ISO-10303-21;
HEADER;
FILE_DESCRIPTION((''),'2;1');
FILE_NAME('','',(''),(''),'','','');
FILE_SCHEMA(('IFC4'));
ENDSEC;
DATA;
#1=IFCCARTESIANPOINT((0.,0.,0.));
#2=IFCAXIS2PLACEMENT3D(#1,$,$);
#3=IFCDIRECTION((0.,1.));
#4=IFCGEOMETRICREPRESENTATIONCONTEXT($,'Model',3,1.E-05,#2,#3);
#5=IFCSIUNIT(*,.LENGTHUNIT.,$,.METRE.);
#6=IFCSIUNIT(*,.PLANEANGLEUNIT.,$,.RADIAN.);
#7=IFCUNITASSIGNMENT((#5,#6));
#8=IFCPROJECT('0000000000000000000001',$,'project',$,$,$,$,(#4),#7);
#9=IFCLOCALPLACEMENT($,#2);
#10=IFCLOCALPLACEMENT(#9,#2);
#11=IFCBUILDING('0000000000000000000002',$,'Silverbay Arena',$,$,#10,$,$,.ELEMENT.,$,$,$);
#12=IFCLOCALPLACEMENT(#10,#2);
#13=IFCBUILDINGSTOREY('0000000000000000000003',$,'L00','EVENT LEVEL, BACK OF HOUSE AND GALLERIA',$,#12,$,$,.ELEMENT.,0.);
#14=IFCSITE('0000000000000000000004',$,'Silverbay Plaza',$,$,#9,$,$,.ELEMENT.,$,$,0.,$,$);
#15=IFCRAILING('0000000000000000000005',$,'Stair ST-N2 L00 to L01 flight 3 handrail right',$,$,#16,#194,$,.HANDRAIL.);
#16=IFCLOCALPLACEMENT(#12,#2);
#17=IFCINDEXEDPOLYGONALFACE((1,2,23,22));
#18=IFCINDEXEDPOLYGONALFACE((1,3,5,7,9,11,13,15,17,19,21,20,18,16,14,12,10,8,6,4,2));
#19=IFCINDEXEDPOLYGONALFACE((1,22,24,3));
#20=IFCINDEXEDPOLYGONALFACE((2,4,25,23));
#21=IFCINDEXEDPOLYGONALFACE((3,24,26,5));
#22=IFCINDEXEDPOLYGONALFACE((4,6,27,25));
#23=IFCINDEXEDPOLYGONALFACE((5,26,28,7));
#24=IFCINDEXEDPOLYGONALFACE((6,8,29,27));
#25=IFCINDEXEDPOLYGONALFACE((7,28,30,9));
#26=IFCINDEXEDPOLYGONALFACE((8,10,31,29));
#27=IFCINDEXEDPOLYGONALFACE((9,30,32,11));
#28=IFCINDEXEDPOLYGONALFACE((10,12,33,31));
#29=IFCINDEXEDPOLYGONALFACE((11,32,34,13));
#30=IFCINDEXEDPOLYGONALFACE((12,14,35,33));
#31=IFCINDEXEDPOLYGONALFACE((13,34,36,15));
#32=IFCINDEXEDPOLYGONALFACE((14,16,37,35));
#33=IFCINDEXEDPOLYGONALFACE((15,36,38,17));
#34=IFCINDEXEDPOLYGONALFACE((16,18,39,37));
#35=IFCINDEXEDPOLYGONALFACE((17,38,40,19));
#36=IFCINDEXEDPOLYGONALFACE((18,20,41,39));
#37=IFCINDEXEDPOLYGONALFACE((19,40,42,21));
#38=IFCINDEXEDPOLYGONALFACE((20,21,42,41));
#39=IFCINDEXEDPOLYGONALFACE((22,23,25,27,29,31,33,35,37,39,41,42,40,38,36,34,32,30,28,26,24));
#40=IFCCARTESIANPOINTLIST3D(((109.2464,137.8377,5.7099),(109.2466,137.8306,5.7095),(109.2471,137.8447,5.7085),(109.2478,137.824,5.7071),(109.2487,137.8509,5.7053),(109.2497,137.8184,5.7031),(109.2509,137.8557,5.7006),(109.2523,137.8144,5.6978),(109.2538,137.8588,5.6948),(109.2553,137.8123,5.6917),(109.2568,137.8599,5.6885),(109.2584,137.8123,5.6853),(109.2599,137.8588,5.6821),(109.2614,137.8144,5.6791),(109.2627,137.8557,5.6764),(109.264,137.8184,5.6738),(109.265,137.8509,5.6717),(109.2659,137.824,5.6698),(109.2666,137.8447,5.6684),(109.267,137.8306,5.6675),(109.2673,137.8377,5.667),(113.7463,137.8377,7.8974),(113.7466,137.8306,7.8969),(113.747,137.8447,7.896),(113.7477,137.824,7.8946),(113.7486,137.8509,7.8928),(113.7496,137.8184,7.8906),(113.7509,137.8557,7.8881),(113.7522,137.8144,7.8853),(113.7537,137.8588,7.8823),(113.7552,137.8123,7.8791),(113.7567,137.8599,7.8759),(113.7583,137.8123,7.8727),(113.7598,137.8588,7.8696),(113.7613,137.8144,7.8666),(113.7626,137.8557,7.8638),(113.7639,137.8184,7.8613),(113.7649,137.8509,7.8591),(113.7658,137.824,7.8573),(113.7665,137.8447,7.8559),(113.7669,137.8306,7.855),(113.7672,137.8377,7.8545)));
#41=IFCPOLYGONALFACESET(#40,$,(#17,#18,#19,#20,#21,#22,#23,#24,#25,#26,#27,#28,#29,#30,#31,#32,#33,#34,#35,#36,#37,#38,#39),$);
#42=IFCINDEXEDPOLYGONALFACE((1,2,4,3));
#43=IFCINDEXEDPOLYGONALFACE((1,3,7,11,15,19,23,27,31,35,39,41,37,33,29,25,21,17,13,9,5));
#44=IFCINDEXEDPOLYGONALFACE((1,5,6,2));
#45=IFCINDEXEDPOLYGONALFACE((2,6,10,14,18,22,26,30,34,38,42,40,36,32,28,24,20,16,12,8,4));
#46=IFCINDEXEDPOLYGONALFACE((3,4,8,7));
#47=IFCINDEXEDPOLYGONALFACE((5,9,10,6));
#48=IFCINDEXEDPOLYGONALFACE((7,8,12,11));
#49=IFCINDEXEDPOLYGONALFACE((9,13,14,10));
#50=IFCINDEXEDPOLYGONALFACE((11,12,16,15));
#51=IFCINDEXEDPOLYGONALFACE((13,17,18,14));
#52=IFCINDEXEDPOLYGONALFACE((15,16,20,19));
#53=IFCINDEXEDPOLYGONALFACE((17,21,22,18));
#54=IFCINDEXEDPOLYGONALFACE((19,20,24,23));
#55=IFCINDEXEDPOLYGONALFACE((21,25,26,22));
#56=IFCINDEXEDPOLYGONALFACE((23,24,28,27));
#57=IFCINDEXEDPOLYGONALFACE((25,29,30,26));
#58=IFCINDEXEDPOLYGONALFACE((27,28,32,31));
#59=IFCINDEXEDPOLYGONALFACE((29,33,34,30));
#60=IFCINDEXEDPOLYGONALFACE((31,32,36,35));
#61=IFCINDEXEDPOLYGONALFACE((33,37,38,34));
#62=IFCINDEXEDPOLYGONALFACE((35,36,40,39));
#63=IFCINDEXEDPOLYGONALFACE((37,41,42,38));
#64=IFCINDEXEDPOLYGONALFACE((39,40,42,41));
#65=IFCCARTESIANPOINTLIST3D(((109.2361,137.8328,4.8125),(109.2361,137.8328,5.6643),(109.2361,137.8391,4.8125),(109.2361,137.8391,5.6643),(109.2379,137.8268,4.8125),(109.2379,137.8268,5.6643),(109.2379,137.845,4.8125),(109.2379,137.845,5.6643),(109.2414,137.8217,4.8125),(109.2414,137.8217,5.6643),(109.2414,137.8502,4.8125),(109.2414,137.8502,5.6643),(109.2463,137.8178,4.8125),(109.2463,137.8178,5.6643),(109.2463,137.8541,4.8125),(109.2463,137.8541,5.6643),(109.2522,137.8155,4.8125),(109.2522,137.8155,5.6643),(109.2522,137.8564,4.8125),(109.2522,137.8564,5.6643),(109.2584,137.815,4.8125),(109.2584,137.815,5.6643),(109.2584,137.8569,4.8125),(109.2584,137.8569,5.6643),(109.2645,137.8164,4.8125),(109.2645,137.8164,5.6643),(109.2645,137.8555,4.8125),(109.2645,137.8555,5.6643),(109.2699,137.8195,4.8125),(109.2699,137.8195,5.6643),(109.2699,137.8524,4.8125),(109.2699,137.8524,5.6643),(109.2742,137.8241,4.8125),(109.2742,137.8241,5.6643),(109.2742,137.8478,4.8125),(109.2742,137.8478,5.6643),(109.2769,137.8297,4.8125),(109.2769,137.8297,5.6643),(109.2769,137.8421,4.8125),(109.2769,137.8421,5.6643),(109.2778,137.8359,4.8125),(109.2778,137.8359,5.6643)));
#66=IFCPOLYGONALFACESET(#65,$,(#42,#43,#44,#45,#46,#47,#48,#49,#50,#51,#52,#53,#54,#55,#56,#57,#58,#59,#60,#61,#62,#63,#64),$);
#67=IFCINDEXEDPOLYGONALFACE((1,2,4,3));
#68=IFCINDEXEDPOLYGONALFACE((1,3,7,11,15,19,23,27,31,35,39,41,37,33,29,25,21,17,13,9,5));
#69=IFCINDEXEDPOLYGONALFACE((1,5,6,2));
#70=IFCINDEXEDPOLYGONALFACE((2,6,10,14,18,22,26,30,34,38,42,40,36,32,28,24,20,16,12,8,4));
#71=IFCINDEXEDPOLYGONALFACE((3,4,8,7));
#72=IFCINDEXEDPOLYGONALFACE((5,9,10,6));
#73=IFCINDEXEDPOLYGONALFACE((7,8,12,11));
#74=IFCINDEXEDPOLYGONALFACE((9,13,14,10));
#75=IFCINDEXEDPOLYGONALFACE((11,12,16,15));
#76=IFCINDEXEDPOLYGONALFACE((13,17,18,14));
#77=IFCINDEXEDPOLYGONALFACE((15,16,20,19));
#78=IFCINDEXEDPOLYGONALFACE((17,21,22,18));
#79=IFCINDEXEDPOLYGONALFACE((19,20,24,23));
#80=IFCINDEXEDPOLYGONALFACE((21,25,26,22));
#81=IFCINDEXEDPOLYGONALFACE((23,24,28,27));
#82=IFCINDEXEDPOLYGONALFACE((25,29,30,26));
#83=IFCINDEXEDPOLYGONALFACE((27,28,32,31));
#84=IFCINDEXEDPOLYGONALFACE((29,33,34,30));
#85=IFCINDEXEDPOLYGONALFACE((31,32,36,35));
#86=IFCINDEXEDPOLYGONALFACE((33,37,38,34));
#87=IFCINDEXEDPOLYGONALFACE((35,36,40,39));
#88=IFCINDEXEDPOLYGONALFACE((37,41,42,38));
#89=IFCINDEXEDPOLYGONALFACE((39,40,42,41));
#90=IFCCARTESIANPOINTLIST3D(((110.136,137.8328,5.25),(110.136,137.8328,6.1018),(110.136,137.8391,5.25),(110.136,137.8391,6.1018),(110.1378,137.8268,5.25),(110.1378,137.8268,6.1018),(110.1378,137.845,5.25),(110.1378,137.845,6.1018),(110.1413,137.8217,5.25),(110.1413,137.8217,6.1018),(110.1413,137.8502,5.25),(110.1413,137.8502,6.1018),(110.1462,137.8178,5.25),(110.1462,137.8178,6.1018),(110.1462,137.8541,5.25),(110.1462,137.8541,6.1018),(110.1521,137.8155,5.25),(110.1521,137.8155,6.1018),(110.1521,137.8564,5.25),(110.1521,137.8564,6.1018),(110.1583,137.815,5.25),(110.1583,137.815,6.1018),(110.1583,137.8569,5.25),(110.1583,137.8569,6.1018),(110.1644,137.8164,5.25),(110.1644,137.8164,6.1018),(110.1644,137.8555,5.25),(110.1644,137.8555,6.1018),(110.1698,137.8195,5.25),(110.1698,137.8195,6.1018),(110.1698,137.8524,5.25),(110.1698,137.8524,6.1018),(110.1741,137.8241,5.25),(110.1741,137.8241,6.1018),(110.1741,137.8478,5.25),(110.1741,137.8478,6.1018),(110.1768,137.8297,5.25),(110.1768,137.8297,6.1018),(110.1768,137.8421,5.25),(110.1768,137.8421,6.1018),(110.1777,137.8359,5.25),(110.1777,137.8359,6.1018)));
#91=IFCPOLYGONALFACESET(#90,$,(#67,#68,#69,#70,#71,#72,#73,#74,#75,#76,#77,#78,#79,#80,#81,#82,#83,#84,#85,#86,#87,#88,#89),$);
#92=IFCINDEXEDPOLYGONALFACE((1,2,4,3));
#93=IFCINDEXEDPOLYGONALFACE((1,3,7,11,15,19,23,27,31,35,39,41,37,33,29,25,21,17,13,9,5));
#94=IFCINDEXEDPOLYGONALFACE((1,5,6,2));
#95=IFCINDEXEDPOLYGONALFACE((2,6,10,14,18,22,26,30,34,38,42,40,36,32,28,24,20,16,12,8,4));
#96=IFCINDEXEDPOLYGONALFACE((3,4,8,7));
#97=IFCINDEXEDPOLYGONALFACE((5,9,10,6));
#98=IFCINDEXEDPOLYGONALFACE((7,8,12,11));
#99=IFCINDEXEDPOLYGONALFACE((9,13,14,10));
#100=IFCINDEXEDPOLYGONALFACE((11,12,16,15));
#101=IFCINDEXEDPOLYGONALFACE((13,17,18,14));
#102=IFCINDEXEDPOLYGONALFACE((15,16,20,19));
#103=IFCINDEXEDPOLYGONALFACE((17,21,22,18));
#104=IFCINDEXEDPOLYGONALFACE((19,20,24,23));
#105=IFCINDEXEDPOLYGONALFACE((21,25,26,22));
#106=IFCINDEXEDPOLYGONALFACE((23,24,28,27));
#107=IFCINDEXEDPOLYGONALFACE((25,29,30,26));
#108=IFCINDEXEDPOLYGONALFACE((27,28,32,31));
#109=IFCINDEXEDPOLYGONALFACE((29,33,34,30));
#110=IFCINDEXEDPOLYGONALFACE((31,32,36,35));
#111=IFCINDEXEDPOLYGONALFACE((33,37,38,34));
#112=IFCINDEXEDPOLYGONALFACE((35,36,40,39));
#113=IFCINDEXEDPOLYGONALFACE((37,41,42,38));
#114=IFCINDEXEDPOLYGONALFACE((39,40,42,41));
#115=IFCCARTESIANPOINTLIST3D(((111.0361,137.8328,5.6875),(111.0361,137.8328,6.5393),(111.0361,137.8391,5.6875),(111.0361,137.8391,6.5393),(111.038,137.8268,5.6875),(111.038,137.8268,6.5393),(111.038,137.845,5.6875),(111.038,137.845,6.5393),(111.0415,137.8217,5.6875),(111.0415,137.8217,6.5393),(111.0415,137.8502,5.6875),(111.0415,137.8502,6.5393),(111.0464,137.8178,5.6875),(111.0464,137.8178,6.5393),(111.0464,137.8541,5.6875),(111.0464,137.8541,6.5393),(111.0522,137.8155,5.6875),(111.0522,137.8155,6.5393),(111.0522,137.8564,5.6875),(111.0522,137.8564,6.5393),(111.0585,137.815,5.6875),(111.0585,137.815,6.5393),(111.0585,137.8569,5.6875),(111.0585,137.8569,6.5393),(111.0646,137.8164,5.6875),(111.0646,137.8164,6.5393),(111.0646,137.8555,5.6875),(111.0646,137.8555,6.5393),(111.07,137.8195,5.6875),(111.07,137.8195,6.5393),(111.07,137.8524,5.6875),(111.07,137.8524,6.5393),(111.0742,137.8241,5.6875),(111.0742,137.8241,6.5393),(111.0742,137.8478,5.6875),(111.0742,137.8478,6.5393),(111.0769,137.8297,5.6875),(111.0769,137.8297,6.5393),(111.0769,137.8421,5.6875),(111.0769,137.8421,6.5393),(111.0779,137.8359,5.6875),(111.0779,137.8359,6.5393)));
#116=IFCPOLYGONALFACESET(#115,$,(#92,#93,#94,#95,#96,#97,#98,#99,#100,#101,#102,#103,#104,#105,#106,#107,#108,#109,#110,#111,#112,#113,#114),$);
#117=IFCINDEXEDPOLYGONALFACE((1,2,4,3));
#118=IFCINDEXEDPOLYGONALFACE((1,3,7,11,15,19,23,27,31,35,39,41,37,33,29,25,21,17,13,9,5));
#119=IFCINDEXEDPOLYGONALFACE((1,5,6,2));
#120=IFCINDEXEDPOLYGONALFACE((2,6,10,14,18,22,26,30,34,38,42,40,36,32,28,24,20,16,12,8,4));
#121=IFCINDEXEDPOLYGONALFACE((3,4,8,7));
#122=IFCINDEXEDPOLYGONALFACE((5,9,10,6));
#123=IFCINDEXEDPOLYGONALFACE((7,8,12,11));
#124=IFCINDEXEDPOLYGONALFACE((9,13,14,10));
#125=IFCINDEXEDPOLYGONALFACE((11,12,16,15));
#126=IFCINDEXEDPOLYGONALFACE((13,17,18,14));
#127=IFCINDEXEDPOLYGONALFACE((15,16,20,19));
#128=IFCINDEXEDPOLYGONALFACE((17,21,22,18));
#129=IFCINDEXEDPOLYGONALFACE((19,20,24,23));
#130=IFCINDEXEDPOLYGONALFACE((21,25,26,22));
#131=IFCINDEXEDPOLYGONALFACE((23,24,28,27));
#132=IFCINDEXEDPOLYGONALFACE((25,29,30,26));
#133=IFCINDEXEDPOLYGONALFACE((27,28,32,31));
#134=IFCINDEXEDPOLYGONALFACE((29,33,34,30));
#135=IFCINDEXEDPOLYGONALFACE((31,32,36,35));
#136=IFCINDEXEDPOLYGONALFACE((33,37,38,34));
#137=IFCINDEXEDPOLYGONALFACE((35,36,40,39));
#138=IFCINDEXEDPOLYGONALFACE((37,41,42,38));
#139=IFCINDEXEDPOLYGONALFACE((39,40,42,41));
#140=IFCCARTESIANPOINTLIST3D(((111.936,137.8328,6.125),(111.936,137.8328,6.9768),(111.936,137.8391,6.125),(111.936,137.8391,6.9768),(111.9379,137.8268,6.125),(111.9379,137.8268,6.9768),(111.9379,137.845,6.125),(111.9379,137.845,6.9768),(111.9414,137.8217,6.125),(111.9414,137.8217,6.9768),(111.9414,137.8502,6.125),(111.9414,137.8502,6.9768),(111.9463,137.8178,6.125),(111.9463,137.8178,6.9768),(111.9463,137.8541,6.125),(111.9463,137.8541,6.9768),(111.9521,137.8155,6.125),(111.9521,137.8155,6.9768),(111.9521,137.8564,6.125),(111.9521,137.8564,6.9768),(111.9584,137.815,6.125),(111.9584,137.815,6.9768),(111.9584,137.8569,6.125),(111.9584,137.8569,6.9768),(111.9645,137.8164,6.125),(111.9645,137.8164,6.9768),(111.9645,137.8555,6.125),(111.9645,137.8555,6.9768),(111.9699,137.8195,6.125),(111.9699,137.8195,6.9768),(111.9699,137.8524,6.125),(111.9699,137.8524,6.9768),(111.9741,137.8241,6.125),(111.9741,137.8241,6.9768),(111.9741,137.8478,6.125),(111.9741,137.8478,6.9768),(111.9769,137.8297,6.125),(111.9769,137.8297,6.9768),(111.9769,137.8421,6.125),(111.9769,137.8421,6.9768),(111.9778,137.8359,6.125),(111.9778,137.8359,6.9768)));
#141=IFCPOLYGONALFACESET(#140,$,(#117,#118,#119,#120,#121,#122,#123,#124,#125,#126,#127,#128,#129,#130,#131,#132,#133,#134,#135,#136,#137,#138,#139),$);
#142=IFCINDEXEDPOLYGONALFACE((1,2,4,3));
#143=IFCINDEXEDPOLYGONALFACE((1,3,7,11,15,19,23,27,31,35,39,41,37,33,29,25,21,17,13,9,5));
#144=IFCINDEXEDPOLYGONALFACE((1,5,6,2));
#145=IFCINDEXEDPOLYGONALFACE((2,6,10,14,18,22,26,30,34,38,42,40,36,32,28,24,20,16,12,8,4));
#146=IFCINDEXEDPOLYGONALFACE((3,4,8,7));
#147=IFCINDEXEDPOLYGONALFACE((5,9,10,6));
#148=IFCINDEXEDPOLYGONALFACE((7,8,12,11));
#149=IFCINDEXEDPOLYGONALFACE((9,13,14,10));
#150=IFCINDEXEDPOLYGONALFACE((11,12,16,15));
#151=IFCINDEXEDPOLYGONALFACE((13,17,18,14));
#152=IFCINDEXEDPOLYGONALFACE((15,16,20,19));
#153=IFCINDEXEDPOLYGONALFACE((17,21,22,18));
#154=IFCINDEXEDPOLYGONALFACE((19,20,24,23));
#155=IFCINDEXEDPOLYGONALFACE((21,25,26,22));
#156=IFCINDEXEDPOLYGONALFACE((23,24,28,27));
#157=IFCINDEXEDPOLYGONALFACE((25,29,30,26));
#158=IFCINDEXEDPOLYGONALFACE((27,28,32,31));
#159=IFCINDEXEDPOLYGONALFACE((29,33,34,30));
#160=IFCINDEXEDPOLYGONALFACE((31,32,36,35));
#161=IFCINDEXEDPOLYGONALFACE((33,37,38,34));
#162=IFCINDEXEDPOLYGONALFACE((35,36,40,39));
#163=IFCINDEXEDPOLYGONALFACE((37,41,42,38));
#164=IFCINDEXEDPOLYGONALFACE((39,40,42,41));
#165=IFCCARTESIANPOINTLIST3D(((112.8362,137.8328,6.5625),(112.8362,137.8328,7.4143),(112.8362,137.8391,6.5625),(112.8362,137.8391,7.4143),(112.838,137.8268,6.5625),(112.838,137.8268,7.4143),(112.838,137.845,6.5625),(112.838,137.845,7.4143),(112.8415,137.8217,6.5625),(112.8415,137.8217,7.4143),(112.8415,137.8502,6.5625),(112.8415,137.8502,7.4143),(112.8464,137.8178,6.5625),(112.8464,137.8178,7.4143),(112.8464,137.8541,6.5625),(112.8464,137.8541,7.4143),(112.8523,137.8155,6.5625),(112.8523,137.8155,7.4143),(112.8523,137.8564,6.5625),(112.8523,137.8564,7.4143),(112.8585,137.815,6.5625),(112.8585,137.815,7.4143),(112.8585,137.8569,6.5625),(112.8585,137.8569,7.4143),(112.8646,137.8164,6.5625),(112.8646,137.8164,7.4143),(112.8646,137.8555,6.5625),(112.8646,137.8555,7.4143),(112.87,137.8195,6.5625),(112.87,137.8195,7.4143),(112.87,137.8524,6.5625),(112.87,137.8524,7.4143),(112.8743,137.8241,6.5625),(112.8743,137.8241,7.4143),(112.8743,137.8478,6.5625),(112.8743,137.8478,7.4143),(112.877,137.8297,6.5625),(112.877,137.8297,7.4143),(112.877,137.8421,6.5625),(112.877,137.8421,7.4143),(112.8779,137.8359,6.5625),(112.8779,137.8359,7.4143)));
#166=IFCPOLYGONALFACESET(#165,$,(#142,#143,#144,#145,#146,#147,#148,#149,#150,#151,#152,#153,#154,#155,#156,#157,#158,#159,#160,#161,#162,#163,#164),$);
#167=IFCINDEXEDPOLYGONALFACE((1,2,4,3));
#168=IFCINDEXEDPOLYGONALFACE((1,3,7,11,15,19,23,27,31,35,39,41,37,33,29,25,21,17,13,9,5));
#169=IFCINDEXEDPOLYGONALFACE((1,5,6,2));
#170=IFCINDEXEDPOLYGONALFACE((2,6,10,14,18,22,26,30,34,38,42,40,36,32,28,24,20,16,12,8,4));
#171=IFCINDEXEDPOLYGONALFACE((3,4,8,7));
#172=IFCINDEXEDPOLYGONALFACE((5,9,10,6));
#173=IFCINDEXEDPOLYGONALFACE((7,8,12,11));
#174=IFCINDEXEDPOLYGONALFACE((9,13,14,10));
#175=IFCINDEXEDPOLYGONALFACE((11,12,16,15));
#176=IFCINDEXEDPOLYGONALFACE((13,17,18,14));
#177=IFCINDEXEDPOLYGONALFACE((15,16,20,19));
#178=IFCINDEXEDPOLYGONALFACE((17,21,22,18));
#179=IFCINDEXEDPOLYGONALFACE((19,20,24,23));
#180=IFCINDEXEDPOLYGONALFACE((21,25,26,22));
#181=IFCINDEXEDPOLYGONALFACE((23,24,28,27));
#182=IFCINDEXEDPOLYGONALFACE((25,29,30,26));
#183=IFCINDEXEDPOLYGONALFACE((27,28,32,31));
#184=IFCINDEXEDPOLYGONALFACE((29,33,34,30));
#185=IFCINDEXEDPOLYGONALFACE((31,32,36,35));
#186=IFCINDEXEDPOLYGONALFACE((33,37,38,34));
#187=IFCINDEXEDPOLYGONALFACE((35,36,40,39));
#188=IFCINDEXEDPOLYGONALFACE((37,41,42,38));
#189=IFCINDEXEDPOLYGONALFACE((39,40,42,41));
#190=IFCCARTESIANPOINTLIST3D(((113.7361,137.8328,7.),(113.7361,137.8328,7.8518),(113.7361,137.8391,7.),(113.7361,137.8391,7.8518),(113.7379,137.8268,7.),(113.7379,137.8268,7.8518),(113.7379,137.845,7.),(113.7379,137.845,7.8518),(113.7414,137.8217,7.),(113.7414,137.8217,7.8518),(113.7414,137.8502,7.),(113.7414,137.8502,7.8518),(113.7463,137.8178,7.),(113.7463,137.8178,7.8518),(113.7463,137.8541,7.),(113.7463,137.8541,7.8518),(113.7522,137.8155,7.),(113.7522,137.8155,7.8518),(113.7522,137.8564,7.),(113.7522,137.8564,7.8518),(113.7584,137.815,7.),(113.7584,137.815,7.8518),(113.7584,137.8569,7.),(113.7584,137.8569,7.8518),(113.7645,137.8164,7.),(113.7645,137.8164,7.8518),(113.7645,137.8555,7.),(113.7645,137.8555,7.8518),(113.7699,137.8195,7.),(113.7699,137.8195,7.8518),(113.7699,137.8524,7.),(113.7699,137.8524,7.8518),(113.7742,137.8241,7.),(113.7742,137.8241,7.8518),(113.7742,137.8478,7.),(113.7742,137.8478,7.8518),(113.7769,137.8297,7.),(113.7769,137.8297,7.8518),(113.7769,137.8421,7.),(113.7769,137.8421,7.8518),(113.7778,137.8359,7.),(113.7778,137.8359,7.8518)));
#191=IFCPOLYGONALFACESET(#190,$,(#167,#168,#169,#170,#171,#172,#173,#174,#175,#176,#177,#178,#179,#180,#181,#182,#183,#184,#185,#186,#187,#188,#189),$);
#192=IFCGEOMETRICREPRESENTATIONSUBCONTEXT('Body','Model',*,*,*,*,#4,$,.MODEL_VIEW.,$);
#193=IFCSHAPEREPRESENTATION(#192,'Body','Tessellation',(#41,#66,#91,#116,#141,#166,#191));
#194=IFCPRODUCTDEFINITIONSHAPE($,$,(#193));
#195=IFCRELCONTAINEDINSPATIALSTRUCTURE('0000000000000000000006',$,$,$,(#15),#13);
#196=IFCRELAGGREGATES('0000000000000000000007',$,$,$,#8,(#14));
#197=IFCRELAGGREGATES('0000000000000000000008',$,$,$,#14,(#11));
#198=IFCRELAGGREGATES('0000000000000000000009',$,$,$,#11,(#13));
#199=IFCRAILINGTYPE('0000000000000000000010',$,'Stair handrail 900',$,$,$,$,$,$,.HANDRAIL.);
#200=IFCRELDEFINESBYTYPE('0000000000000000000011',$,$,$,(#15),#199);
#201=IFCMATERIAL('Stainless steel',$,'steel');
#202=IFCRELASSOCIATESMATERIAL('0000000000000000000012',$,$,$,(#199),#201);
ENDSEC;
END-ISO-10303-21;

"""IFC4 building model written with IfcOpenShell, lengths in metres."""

from ifc_helpers import new_model, si_unit, direction, frame, origin, origin_2d, place, context, subcontext, project, spatial, circle, extrude, material, type_object, element, save


model = new_model("IFC4")

# Units and contexts
model_context = context("Model", 3, precision=1e-05, world=origin(), true_north=direction((0.0, 1.0)))
body_context = subcontext(model_context, "Body", "Model", "MODEL_VIEW")
ifc_project = project(units=[si_unit("LENGTHUNIT", "METRE"), si_unit("PLANEANGLEUNIT", "RADIAN")], contexts=[model_context])

# Site, building, storey
site_placement = place(None, origin())
site = spatial("IfcSite", under=ifc_project, at=site_placement, Name="Silverbay Plaza", CompositionType="ELEMENT", RefElevation=0.0)
building_placement = place(site_placement, origin())
building = spatial("IfcBuilding", under=site, at=building_placement, Name="Silverbay Arena", CompositionType="ELEMENT")
storey_placement = place(building_placement, origin())
storey = spatial("IfcBuildingStorey", under=building, at=storey_placement, Name="L00", Description="EVENT LEVEL, BACK OF HOUSE AND GALLERIA", CompositionType="ELEMENT", Elevation=0.0)

# Railing
ifc_material_1 = material(Name="Stainless steel", Category="steel")
railing_type_1 = type_object("IfcRailingType", Name="Stair handrail 900", PredefinedType="HANDRAIL", material=ifc_material_1)
for number, where, name in (
    (1, (109.2568, 137.8359, 4.8125), "Stair ST-N2 L00 to L01 flight 3 handrail right"),
):
    element("IfcRailing", number, at=place(storey_placement, frame(where)), inside=storey, type_object=railing_type_1, Name=name, PredefinedType="HANDRAIL", context=body_context, shape_type="SweptSolid", body=[
        extrude(circle(Radius=0.0239, at=origin_2d()), frame((0.0, 0.0, 0.876), z_axis=(0.899368, 0.0, 0.437193), x_axis=(0.0, 1.0, 0.0)), (0.0, 0.0, 1.0), 5.0034),
        extrude(circle(Radius=0.021, at=origin_2d()), origin(), (0.0, 0.0, 1.0), 0.8518),
        extrude(circle(Radius=0.021, at=origin_2d()), frame((0.8999, 0.0, 0.4375)), (0.0, 0.0, 1.0), 0.8518),
        extrude(circle(Radius=0.021, at=origin_2d()), frame((1.8, 0.0, 0.875)), (0.0, 0.0, 1.0), 0.8518),
        extrude(circle(Radius=0.021, at=origin_2d()), frame((2.7, 0.0, 1.3125)), (0.0, 0.0, 1.0), 0.8518),
        extrude(circle(Radius=0.021, at=origin_2d()), frame((3.6001, 0.0, 1.75)), (0.0, 0.0, 1.0), 0.8518),
        extrude(circle(Radius=0.021, at=origin_2d()), frame((4.5, 0.0, 2.1875)), (0.0, 0.0, 1.0), 0.8518),
    ])

save(model, "model.ifc")
